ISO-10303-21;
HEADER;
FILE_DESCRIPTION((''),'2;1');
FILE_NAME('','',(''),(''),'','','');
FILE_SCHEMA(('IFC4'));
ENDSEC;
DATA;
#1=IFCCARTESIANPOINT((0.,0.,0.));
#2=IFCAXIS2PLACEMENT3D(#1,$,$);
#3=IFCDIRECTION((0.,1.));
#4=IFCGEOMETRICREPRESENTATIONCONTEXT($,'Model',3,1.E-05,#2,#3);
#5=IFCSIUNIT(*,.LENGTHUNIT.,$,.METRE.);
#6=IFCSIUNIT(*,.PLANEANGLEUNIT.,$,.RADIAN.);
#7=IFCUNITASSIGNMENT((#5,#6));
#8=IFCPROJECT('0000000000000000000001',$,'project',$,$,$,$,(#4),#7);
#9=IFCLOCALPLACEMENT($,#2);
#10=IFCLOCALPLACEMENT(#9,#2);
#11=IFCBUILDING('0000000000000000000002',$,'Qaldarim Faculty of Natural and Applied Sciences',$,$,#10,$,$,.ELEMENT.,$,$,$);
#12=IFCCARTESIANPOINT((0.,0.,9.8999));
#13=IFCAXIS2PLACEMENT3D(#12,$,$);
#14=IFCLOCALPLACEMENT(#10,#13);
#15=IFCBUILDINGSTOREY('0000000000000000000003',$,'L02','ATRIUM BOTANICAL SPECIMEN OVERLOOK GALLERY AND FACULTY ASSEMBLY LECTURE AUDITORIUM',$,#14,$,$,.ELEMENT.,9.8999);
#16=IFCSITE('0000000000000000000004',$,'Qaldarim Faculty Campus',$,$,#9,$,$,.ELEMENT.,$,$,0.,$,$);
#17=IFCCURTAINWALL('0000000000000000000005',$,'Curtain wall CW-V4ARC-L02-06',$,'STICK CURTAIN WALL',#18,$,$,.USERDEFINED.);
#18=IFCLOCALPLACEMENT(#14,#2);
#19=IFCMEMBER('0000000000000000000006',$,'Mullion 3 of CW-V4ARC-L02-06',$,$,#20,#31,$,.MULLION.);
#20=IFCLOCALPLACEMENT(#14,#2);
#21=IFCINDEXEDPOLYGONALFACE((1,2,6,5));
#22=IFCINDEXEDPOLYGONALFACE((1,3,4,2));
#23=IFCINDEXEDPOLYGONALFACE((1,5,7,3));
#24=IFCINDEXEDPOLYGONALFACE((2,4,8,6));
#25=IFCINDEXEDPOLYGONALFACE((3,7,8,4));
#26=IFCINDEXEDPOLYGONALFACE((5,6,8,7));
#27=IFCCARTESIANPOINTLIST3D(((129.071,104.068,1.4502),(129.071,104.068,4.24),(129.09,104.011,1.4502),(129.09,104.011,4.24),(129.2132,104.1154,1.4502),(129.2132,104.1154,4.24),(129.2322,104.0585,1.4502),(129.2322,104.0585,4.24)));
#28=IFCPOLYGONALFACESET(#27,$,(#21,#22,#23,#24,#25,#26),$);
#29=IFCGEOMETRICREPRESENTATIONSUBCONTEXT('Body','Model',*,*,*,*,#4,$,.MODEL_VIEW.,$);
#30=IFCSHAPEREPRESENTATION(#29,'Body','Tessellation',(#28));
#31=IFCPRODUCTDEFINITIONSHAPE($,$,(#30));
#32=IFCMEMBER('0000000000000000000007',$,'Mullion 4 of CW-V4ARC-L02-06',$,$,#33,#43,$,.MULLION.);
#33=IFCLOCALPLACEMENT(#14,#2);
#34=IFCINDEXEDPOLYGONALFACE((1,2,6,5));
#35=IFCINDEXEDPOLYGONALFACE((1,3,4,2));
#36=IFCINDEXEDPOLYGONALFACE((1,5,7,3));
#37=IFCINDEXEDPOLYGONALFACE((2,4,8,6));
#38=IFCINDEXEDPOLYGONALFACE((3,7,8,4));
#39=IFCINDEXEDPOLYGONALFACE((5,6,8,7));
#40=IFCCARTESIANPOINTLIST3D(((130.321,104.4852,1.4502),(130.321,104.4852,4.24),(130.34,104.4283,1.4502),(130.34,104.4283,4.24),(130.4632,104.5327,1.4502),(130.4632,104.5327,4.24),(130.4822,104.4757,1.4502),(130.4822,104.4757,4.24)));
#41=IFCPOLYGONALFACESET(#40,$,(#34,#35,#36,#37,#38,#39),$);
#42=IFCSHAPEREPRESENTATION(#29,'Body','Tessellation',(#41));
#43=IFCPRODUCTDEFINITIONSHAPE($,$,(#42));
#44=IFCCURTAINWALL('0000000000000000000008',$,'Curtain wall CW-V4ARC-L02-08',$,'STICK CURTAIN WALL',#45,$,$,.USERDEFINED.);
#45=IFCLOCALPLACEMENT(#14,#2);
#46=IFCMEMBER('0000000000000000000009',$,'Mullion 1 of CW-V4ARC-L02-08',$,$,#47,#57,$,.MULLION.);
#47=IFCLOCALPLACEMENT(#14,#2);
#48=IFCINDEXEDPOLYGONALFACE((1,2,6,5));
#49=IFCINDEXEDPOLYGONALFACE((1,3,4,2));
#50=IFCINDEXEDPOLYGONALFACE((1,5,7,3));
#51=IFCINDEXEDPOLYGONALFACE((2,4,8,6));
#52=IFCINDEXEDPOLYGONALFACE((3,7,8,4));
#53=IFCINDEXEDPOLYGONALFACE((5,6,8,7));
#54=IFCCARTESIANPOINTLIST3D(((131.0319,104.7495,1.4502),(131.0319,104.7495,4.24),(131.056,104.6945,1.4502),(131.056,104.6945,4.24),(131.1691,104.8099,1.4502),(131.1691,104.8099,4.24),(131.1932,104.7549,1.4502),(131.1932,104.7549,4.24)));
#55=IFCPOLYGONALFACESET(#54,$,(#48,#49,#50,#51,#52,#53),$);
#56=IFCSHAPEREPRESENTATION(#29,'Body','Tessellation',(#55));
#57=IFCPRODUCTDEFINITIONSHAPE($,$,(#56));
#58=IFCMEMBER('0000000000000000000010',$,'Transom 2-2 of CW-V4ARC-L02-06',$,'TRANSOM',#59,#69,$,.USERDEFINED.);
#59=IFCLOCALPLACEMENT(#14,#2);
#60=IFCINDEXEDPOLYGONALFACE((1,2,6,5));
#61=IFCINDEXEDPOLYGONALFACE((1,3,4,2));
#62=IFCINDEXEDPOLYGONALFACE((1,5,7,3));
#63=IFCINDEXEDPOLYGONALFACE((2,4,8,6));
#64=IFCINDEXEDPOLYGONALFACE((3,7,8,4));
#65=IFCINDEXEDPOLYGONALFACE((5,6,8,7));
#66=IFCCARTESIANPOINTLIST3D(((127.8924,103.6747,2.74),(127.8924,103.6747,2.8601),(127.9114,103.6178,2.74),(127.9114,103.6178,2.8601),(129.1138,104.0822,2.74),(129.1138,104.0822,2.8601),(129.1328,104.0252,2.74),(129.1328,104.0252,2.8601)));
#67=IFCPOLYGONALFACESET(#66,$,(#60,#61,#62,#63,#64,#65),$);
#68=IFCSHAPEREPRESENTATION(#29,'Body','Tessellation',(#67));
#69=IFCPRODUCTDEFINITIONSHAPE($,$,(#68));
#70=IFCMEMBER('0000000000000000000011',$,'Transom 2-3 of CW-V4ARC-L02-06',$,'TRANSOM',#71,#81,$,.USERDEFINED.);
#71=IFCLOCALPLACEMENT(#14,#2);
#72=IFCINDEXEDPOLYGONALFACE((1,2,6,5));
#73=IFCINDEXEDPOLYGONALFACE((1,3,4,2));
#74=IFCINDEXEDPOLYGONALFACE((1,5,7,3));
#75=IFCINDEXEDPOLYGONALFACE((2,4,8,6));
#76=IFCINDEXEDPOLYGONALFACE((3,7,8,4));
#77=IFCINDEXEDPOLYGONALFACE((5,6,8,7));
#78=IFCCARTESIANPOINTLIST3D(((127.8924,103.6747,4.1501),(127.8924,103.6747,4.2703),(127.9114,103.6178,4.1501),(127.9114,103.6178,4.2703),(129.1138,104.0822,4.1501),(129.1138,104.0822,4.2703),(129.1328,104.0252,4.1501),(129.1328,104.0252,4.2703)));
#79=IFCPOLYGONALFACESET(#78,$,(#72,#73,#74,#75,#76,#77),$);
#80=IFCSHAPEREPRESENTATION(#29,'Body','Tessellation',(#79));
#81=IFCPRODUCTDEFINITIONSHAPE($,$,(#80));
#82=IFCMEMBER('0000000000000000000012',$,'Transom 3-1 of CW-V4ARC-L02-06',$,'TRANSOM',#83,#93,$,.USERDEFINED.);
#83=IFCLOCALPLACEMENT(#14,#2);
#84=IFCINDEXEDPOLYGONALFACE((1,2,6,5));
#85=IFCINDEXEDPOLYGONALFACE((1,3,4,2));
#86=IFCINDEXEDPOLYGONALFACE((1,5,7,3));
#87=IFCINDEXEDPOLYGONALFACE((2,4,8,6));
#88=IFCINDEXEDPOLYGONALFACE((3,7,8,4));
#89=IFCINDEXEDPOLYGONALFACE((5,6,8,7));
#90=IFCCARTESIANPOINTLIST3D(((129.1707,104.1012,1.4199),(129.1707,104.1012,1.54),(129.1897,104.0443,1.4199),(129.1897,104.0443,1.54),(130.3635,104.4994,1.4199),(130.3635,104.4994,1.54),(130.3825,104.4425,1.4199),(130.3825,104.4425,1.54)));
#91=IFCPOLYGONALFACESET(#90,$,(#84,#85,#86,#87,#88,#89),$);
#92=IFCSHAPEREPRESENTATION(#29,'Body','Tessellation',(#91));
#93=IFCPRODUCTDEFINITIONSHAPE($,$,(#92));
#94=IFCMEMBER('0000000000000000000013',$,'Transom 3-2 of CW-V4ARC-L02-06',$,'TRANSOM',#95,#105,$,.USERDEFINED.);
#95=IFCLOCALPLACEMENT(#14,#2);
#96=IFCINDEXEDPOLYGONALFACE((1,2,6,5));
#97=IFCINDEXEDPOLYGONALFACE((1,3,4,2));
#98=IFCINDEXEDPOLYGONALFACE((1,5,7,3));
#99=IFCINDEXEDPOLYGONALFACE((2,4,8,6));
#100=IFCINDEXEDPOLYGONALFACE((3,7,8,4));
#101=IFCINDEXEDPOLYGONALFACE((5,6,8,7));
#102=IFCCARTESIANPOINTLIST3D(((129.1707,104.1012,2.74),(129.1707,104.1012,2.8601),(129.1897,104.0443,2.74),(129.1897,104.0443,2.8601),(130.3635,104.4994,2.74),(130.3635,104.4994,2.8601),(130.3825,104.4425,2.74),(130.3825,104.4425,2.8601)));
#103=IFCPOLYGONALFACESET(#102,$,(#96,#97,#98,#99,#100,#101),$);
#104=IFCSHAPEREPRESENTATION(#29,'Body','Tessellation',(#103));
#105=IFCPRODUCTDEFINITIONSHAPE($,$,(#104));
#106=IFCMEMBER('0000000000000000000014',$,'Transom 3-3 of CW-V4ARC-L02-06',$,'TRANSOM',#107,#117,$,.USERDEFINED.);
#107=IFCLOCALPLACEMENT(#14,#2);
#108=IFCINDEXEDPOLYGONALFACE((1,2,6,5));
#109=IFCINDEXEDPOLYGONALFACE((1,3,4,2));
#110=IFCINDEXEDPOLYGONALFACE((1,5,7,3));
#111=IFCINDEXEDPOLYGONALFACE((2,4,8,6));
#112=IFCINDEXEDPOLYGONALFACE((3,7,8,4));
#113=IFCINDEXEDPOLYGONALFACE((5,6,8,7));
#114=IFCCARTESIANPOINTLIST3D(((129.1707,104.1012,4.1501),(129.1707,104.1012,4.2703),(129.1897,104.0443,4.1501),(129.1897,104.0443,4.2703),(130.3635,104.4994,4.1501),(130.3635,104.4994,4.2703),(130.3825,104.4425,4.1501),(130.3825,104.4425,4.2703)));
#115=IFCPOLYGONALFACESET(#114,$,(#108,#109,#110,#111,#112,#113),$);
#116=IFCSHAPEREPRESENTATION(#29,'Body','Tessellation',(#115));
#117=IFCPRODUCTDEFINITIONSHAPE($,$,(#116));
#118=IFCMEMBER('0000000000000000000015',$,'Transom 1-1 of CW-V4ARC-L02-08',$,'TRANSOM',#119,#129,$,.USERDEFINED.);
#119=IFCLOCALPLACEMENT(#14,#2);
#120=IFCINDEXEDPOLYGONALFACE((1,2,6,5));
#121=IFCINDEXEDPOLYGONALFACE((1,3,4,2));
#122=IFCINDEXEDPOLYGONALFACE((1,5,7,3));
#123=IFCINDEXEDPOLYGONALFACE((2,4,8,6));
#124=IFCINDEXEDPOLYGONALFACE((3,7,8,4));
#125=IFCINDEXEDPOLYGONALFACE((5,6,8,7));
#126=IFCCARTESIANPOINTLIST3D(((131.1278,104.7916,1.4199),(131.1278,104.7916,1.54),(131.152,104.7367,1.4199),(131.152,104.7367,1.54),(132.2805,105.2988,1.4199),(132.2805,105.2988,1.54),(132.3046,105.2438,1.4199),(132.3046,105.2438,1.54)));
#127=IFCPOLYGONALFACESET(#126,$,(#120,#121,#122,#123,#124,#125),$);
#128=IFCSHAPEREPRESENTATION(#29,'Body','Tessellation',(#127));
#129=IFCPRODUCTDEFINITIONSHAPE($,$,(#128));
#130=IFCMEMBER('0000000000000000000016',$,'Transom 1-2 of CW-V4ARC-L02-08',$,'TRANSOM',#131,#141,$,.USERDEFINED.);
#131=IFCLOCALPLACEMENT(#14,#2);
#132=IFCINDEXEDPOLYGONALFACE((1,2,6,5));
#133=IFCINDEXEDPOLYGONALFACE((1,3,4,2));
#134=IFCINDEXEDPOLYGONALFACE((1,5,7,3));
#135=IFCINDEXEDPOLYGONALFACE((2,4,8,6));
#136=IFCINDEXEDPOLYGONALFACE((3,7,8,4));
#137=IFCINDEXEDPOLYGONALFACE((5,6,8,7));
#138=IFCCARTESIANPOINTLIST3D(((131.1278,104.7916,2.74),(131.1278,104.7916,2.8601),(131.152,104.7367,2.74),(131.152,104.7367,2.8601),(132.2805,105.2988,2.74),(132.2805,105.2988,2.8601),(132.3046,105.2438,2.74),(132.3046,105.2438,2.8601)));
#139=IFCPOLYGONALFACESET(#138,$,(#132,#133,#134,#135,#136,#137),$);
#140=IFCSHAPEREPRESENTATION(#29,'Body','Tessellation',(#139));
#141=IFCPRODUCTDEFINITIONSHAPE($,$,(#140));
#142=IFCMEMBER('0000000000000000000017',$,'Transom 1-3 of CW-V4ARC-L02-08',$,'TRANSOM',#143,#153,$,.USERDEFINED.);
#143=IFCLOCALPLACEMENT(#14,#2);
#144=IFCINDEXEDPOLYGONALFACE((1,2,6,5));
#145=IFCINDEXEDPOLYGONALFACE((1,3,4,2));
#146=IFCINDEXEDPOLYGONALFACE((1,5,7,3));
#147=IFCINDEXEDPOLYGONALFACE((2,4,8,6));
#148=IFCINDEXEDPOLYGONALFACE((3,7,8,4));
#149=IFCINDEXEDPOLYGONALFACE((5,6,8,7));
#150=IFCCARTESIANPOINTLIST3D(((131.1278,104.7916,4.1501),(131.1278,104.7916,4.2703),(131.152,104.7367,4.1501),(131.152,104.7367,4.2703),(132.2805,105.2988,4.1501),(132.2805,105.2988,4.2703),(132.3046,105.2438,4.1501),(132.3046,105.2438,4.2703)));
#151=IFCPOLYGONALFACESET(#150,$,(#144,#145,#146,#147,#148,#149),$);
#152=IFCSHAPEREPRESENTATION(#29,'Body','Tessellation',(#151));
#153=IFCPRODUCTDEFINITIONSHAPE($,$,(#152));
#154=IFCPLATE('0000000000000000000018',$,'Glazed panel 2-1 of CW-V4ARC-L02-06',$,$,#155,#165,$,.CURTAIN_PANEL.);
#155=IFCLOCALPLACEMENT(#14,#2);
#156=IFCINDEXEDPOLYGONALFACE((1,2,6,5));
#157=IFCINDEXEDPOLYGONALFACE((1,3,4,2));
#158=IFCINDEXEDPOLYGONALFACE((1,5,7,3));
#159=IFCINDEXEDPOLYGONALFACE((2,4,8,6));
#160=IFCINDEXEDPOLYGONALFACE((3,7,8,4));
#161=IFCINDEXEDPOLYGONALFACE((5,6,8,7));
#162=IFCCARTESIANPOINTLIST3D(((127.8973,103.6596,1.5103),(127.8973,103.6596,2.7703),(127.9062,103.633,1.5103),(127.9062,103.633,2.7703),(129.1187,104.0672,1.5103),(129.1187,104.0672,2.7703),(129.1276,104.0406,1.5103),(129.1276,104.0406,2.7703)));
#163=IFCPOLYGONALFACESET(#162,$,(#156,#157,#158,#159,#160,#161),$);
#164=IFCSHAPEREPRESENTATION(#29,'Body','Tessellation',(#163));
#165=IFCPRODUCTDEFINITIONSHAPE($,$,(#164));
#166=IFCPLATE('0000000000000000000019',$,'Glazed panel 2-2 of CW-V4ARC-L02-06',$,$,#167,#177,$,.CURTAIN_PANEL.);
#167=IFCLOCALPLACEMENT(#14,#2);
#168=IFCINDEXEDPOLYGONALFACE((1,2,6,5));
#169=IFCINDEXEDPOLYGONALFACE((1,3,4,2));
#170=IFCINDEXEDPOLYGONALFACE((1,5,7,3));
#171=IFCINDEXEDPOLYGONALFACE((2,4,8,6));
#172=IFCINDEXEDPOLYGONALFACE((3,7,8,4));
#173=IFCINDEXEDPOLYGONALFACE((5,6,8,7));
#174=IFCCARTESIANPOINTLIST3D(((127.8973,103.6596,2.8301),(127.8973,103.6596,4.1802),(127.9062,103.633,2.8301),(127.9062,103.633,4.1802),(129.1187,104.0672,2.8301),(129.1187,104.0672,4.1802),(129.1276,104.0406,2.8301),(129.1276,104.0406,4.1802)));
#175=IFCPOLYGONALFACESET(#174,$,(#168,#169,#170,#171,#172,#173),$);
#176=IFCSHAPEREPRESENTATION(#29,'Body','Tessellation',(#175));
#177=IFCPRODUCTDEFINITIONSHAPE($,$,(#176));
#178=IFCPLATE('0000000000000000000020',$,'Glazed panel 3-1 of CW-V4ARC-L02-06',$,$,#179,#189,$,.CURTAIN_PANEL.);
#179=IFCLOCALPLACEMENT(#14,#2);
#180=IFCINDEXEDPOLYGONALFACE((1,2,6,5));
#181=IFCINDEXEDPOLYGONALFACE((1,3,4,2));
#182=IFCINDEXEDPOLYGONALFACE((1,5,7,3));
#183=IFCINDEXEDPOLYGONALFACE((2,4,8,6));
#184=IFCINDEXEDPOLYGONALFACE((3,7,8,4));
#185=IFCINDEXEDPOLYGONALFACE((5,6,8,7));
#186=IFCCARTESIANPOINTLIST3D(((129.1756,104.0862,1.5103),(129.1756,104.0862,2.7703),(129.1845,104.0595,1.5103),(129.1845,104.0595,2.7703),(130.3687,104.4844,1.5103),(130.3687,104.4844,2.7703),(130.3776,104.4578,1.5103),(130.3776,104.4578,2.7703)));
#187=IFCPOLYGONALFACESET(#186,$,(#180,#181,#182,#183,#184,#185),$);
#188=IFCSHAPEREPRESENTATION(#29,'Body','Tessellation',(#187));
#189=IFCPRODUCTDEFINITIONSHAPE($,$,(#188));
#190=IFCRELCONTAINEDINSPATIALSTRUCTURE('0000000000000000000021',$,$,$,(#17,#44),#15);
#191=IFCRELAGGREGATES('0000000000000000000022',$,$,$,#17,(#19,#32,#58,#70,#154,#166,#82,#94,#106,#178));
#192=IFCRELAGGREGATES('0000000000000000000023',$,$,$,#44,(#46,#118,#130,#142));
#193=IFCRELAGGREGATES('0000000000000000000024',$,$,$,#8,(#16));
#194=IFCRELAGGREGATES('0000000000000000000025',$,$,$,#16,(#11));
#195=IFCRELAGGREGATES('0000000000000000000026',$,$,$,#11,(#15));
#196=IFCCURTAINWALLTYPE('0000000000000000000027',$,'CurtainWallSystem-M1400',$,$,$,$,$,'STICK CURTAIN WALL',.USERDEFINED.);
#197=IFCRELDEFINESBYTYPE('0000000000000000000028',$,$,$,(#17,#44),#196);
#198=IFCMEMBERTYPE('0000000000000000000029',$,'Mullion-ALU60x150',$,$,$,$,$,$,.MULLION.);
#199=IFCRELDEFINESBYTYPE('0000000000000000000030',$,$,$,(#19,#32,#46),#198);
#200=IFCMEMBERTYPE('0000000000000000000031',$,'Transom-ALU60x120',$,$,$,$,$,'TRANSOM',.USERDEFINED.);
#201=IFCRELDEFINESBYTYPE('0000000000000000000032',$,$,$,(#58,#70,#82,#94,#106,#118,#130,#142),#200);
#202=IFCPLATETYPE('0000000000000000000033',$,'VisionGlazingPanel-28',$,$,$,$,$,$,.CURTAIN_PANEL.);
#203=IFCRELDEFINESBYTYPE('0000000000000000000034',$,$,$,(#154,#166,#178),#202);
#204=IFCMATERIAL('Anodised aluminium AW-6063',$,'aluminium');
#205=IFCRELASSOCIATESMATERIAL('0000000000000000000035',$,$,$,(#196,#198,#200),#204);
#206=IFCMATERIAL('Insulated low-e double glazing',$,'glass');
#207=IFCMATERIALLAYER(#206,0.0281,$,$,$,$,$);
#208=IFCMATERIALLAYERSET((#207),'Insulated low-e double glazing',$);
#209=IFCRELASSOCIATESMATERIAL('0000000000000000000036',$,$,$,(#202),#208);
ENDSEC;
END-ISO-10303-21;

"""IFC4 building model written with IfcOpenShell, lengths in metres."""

from ifc_helpers import new_model, si_unit, direction, frame, origin, origin_2d, place, context, subcontext, project, spatial, rectangle, extrude, material, layer, layer_set, material_profile, profile_set, type_object, element, aggregate, save


model = new_model("IFC4")

# Units and contexts
model_context = context("Model", 3, precision=1e-05, world=origin(), true_north=direction((0.0, 1.0)))
body_context = subcontext(model_context, "Body", "Model", "MODEL_VIEW")
ifc_project = project(units=[si_unit("LENGTHUNIT", "METRE"), si_unit("PLANEANGLEUNIT", "RADIAN")], contexts=[model_context])

# Site, building, storey
site_placement = place(None, origin())
site = spatial("IfcSite", under=ifc_project, at=site_placement, Name="Qaldarim Faculty Campus", CompositionType="ELEMENT", RefElevation=0.0)
building_placement = place(site_placement, origin())
building = spatial("IfcBuilding", under=site, at=building_placement, Name="Qaldarim Faculty of Natural and Applied Sciences", CompositionType="ELEMENT")
storey_placement = place(building_placement, frame((0.0, 0.0, 9.8999)))
storey = spatial("IfcBuildingStorey", under=building, at=storey_placement, Name="L02", Description="ATRIUM BOTANICAL SPECIMEN OVERLOOK GALLERY AND FACULTY ASSEMBLY LECTURE AUDITORIUM", CompositionType="ELEMENT", Elevation=9.8999)

# Curtain wall, members
ifc_material_1 = material(Name="Anodised aluminium AW-6063", Category="aluminium")
curtain_wall_type = type_object("IfcCurtainWallType", Name="CurtainWallSystem-M1400", ElementType="STICK CURTAIN WALL", PredefinedType="USERDEFINED", material=ifc_material_1)
curtain_wall_1_placement = place(storey_placement, origin())
curtain_wall_1 = element("IfcCurtainWall", 1, at=curtain_wall_1_placement, inside=storey, type_object=curtain_wall_type, Name="Curtain wall CW-V4ARC-L02-06", ObjectType="STICK CURTAIN WALL", PredefinedType="USERDEFINED")
ifc_material_profile_1 = material_profile(ifc_material_1, rectangle(XDim=0.0601, YDim=0.1499, at=origin_2d()), Name="ALU-M60x150")
ifc_profile_set_1 = profile_set([ifc_material_profile_1], Name="Anodised aluminium AW-6063")
member_type_1 = type_object("IfcMemberType", Name="Mullion-ALU60x150", PredefinedType="MULLION", material=ifc_profile_set_1)
member_1_placement = place(storey_placement, frame((129.1516, 104.0632, 1.4502), z_axis=(0.0, 0.0, 1.0), x_axis=(-0.316593, 0.948562, 0.0)))
member_1 = element("IfcMember", 2, at=member_1_placement, type_object=member_type_1, Name="Mullion 3 of CW-V4ARC-L02-06", PredefinedType="MULLION", context=body_context, shape_type="SweptSolid", body=[
    extrude(rectangle(XDim=0.0601, YDim=0.1499, at=origin_2d()), origin(), (0.0, 0.0, 1.0), 2.7898),
])
member_2_placement = place(storey_placement, frame((130.4016, 104.4805, 1.4502), z_axis=(0.0, 0.0, 1.0), x_axis=(-0.316593, 0.948562, 0.0)))
member_2 = element("IfcMember", 3, at=member_2_placement, type_object=member_type_1, Name="Mullion 4 of CW-V4ARC-L02-06", PredefinedType="MULLION", context=body_context, shape_type="SweptSolid", body=[
    extrude(rectangle(XDim=0.0601, YDim=0.1499, at=origin_2d()), origin(), (0.0, 0.0, 1.0), 2.7898),
])

# Curtain wall, member
curtain_wall_2_placement = place(storey_placement, origin())
curtain_wall_2 = element("IfcCurtainWall", 4, at=curtain_wall_2_placement, inside=storey, type_object=curtain_wall_type, Name="Curtain wall CW-V4ARC-L02-08", ObjectType="STICK CURTAIN WALL", PredefinedType="USERDEFINED")
member_3_placement = place(storey_placement, frame((131.1125, 104.7522, 1.4502), z_axis=(0.0, 0.0, 1.0), x_axis=(-0.402699, 0.915333, 0.0)))
member_3 = element("IfcMember", 5, at=member_3_placement, type_object=member_type_1, Name="Mullion 1 of CW-V4ARC-L02-08", PredefinedType="MULLION", context=body_context, shape_type="SweptSolid", body=[
    extrude(rectangle(XDim=0.0601, YDim=0.1499, at=origin_2d()), origin(), (0.0, 0.0, 1.0), 2.7898),
])

# Members
ifc_material_profile_2 = material_profile(ifc_material_1, rectangle(XDim=0.0601, YDim=0.1201, at=origin_2d()), Name="ALU-T60x120")
ifc_profile_set_2 = profile_set([ifc_material_profile_2], Name="Anodised aluminium AW-6063")
member_type_2 = type_object("IfcMemberType", Name="Transom-ALU60x120", ElementType="TRANSOM", PredefinedType="USERDEFINED", material=ifc_profile_set_2)
member_4_placement = place(storey_placement, frame((127.9019, 103.6462, 2.8), z_axis=(0.948607, 0.316455, 0.0), x_axis=(-0.316455, 0.948607, 0.0)))
member_4 = element("IfcMember", 6, at=member_4_placement, type_object=member_type_2, Name="Transom 2-2 of CW-V4ARC-L02-06", ObjectType="TRANSOM", PredefinedType="USERDEFINED", context=body_context, shape_type="SweptSolid", body=[
    extrude(rectangle(XDim=0.0601, YDim=0.1201, at=origin_2d()), origin(), (0.0, 0.0, 1.0), 1.2876),
])
member_5_placement = place(storey_placement, frame((127.9019, 103.6462, 4.2102), z_axis=(0.948607, 0.316455, 0.0), x_axis=(-0.316455, 0.948607, 0.0)))
member_5 = element("IfcMember", 7, at=member_5_placement, type_object=member_type_2, Name="Transom 2-3 of CW-V4ARC-L02-06", ObjectType="TRANSOM", PredefinedType="USERDEFINED", context=body_context, shape_type="SweptSolid", body=[
    extrude(rectangle(XDim=0.0601, YDim=0.1201, at=origin_2d()), origin(), (0.0, 0.0, 1.0), 1.2876),
])
member_6_placement = place(storey_placement, frame((129.1802, 104.0728, 1.48), z_axis=(0.948547, 0.316635, 0.0), x_axis=(-0.316635, 0.948547, 0.0)))
member_6 = element("IfcMember", 8, at=member_6_placement, type_object=member_type_2, Name="Transom 3-1 of CW-V4ARC-L02-06", ObjectType="TRANSOM", PredefinedType="USERDEFINED", context=body_context, shape_type="SweptSolid", body=[
    extrude(rectangle(XDim=0.0601, YDim=0.1201, at=origin_2d()), origin(), (0.0, 0.0, 1.0), 1.2576),
])
member_7_placement = place(storey_placement, frame((129.1802, 104.0728, 2.8), z_axis=(0.948547, 0.316635, 0.0), x_axis=(-0.316635, 0.948547, 0.0)))
member_7 = element("IfcMember", 9, at=member_7_placement, type_object=member_type_2, Name="Transom 3-2 of CW-V4ARC-L02-06", ObjectType="TRANSOM", PredefinedType="USERDEFINED", context=body_context, shape_type="SweptSolid", body=[
    extrude(rectangle(XDim=0.0601, YDim=0.1201, at=origin_2d()), origin(), (0.0, 0.0, 1.0), 1.2576),
])
member_8_placement = place(storey_placement, frame((129.1802, 104.0728, 4.2102), z_axis=(0.948547, 0.316635, 0.0), x_axis=(-0.316635, 0.948547, 0.0)))
member_8 = element("IfcMember", 10, at=member_8_placement, type_object=member_type_2, Name="Transom 3-3 of CW-V4ARC-L02-06", ObjectType="TRANSOM", PredefinedType="USERDEFINED", context=body_context, shape_type="SweptSolid", body=[
    extrude(rectangle(XDim=0.0601, YDim=0.1201, at=origin_2d()), origin(), (0.0, 0.0, 1.0), 1.2576),
])
member_9_placement = place(storey_placement, frame((131.1399, 104.7642, 1.48), z_axis=(0.915332, 0.4027, 0.0), x_axis=(-0.4027, 0.915332, 0.0)))
member_9 = element("IfcMember", 11, at=member_9_placement, type_object=member_type_2, Name="Transom 1-1 of CW-V4ARC-L02-08", ObjectType="TRANSOM", PredefinedType="USERDEFINED", context=body_context, shape_type="SweptSolid", body=[
    extrude(rectangle(XDim=0.0601, YDim=0.1201, at=origin_2d()), origin(), (0.0, 0.0, 1.0), 1.2593),
])
member_10_placement = place(storey_placement, frame((131.1399, 104.7642, 2.8), z_axis=(0.915332, 0.4027, 0.0), x_axis=(-0.4027, 0.915332, 0.0)))
member_10 = element("IfcMember", 12, at=member_10_placement, type_object=member_type_2, Name="Transom 1-2 of CW-V4ARC-L02-08", ObjectType="TRANSOM", PredefinedType="USERDEFINED", context=body_context, shape_type="SweptSolid", body=[
    extrude(rectangle(XDim=0.0601, YDim=0.1201, at=origin_2d()), origin(), (0.0, 0.0, 1.0), 1.2593),
])
member_11_placement = place(storey_placement, frame((131.1399, 104.7642, 4.2102), z_axis=(0.915332, 0.4027, 0.0), x_axis=(-0.4027, 0.915332, 0.0)))
member_11 = element("IfcMember", 13, at=member_11_placement, type_object=member_type_2, Name="Transom 1-3 of CW-V4ARC-L02-08", ObjectType="TRANSOM", PredefinedType="USERDEFINED", context=body_context, shape_type="SweptSolid", body=[
    extrude(rectangle(XDim=0.0601, YDim=0.1201, at=origin_2d()), origin(), (0.0, 0.0, 1.0), 1.2593),
])

# Plates
ifc_material_2 = material(Name="Insulated low-e double glazing", Category="glass")
ifc_layer_1 = layer(ifc_material_2, 0.0281)
ifc_layer_set_1 = layer_set([ifc_layer_1], Name="Insulated low-e double glazing")
plate_type = type_object("IfcPlateType", Name="VisionGlazingPanel-28", PredefinedType="CURTAIN_PANEL", material=ifc_layer_set_1)
plate_1_placement = place(storey_placement, frame((128.5125, 103.8501, 1.5103), z_axis=(0.0, 0.0, 1.0), x_axis=(0.948562, 0.316593, 0.0)))
plate_1 = element("IfcPlate", 14, at=plate_1_placement, type_object=plate_type, Name="Glazed panel 2-1 of CW-V4ARC-L02-06", PredefinedType="CURTAIN_PANEL", context=body_context, shape_type="SweptSolid", body=[
    extrude(rectangle(XDim=1.2876, YDim=0.0281, at=origin_2d()), origin(), (0.0, 0.0, 1.0), 1.26),
])
plate_2_placement = place(storey_placement, frame((128.5125, 103.8501, 2.8301), z_axis=(0.0, 0.0, 1.0), x_axis=(0.948562, 0.316593, 0.0)))
plate_2 = element("IfcPlate", 15, at=plate_2_placement, type_object=plate_type, Name="Glazed panel 2-2 of CW-V4ARC-L02-06", PredefinedType="CURTAIN_PANEL", context=body_context, shape_type="SweptSolid", body=[
    extrude(rectangle(XDim=1.2876, YDim=0.0281, at=origin_2d()), origin(), (0.0, 0.0, 1.0), 1.3501),
])
plate_3_placement = place(storey_placement, frame((129.7766, 104.272, 1.5103), z_axis=(0.0, 0.0, 1.0), x_axis=(0.948562, 0.316593, 0.0)))
plate_3 = element("IfcPlate", 16, at=plate_3_placement, type_object=plate_type, Name="Glazed panel 3-1 of CW-V4ARC-L02-06", PredefinedType="CURTAIN_PANEL", context=body_context, shape_type="SweptSolid", body=[
    extrude(rectangle(XDim=1.2578, YDim=0.0281, at=origin_2d()), origin(), (0.0, 0.0, 1.0), 1.26),
])
aggregate(curtain_wall_1, [member_1, member_2, member_4, member_5, plate_1, plate_2, member_6, member_7, member_8, plate_3])
aggregate(curtain_wall_2, [member_3, member_9, member_10, member_11])

save(model, "model.ifc")
